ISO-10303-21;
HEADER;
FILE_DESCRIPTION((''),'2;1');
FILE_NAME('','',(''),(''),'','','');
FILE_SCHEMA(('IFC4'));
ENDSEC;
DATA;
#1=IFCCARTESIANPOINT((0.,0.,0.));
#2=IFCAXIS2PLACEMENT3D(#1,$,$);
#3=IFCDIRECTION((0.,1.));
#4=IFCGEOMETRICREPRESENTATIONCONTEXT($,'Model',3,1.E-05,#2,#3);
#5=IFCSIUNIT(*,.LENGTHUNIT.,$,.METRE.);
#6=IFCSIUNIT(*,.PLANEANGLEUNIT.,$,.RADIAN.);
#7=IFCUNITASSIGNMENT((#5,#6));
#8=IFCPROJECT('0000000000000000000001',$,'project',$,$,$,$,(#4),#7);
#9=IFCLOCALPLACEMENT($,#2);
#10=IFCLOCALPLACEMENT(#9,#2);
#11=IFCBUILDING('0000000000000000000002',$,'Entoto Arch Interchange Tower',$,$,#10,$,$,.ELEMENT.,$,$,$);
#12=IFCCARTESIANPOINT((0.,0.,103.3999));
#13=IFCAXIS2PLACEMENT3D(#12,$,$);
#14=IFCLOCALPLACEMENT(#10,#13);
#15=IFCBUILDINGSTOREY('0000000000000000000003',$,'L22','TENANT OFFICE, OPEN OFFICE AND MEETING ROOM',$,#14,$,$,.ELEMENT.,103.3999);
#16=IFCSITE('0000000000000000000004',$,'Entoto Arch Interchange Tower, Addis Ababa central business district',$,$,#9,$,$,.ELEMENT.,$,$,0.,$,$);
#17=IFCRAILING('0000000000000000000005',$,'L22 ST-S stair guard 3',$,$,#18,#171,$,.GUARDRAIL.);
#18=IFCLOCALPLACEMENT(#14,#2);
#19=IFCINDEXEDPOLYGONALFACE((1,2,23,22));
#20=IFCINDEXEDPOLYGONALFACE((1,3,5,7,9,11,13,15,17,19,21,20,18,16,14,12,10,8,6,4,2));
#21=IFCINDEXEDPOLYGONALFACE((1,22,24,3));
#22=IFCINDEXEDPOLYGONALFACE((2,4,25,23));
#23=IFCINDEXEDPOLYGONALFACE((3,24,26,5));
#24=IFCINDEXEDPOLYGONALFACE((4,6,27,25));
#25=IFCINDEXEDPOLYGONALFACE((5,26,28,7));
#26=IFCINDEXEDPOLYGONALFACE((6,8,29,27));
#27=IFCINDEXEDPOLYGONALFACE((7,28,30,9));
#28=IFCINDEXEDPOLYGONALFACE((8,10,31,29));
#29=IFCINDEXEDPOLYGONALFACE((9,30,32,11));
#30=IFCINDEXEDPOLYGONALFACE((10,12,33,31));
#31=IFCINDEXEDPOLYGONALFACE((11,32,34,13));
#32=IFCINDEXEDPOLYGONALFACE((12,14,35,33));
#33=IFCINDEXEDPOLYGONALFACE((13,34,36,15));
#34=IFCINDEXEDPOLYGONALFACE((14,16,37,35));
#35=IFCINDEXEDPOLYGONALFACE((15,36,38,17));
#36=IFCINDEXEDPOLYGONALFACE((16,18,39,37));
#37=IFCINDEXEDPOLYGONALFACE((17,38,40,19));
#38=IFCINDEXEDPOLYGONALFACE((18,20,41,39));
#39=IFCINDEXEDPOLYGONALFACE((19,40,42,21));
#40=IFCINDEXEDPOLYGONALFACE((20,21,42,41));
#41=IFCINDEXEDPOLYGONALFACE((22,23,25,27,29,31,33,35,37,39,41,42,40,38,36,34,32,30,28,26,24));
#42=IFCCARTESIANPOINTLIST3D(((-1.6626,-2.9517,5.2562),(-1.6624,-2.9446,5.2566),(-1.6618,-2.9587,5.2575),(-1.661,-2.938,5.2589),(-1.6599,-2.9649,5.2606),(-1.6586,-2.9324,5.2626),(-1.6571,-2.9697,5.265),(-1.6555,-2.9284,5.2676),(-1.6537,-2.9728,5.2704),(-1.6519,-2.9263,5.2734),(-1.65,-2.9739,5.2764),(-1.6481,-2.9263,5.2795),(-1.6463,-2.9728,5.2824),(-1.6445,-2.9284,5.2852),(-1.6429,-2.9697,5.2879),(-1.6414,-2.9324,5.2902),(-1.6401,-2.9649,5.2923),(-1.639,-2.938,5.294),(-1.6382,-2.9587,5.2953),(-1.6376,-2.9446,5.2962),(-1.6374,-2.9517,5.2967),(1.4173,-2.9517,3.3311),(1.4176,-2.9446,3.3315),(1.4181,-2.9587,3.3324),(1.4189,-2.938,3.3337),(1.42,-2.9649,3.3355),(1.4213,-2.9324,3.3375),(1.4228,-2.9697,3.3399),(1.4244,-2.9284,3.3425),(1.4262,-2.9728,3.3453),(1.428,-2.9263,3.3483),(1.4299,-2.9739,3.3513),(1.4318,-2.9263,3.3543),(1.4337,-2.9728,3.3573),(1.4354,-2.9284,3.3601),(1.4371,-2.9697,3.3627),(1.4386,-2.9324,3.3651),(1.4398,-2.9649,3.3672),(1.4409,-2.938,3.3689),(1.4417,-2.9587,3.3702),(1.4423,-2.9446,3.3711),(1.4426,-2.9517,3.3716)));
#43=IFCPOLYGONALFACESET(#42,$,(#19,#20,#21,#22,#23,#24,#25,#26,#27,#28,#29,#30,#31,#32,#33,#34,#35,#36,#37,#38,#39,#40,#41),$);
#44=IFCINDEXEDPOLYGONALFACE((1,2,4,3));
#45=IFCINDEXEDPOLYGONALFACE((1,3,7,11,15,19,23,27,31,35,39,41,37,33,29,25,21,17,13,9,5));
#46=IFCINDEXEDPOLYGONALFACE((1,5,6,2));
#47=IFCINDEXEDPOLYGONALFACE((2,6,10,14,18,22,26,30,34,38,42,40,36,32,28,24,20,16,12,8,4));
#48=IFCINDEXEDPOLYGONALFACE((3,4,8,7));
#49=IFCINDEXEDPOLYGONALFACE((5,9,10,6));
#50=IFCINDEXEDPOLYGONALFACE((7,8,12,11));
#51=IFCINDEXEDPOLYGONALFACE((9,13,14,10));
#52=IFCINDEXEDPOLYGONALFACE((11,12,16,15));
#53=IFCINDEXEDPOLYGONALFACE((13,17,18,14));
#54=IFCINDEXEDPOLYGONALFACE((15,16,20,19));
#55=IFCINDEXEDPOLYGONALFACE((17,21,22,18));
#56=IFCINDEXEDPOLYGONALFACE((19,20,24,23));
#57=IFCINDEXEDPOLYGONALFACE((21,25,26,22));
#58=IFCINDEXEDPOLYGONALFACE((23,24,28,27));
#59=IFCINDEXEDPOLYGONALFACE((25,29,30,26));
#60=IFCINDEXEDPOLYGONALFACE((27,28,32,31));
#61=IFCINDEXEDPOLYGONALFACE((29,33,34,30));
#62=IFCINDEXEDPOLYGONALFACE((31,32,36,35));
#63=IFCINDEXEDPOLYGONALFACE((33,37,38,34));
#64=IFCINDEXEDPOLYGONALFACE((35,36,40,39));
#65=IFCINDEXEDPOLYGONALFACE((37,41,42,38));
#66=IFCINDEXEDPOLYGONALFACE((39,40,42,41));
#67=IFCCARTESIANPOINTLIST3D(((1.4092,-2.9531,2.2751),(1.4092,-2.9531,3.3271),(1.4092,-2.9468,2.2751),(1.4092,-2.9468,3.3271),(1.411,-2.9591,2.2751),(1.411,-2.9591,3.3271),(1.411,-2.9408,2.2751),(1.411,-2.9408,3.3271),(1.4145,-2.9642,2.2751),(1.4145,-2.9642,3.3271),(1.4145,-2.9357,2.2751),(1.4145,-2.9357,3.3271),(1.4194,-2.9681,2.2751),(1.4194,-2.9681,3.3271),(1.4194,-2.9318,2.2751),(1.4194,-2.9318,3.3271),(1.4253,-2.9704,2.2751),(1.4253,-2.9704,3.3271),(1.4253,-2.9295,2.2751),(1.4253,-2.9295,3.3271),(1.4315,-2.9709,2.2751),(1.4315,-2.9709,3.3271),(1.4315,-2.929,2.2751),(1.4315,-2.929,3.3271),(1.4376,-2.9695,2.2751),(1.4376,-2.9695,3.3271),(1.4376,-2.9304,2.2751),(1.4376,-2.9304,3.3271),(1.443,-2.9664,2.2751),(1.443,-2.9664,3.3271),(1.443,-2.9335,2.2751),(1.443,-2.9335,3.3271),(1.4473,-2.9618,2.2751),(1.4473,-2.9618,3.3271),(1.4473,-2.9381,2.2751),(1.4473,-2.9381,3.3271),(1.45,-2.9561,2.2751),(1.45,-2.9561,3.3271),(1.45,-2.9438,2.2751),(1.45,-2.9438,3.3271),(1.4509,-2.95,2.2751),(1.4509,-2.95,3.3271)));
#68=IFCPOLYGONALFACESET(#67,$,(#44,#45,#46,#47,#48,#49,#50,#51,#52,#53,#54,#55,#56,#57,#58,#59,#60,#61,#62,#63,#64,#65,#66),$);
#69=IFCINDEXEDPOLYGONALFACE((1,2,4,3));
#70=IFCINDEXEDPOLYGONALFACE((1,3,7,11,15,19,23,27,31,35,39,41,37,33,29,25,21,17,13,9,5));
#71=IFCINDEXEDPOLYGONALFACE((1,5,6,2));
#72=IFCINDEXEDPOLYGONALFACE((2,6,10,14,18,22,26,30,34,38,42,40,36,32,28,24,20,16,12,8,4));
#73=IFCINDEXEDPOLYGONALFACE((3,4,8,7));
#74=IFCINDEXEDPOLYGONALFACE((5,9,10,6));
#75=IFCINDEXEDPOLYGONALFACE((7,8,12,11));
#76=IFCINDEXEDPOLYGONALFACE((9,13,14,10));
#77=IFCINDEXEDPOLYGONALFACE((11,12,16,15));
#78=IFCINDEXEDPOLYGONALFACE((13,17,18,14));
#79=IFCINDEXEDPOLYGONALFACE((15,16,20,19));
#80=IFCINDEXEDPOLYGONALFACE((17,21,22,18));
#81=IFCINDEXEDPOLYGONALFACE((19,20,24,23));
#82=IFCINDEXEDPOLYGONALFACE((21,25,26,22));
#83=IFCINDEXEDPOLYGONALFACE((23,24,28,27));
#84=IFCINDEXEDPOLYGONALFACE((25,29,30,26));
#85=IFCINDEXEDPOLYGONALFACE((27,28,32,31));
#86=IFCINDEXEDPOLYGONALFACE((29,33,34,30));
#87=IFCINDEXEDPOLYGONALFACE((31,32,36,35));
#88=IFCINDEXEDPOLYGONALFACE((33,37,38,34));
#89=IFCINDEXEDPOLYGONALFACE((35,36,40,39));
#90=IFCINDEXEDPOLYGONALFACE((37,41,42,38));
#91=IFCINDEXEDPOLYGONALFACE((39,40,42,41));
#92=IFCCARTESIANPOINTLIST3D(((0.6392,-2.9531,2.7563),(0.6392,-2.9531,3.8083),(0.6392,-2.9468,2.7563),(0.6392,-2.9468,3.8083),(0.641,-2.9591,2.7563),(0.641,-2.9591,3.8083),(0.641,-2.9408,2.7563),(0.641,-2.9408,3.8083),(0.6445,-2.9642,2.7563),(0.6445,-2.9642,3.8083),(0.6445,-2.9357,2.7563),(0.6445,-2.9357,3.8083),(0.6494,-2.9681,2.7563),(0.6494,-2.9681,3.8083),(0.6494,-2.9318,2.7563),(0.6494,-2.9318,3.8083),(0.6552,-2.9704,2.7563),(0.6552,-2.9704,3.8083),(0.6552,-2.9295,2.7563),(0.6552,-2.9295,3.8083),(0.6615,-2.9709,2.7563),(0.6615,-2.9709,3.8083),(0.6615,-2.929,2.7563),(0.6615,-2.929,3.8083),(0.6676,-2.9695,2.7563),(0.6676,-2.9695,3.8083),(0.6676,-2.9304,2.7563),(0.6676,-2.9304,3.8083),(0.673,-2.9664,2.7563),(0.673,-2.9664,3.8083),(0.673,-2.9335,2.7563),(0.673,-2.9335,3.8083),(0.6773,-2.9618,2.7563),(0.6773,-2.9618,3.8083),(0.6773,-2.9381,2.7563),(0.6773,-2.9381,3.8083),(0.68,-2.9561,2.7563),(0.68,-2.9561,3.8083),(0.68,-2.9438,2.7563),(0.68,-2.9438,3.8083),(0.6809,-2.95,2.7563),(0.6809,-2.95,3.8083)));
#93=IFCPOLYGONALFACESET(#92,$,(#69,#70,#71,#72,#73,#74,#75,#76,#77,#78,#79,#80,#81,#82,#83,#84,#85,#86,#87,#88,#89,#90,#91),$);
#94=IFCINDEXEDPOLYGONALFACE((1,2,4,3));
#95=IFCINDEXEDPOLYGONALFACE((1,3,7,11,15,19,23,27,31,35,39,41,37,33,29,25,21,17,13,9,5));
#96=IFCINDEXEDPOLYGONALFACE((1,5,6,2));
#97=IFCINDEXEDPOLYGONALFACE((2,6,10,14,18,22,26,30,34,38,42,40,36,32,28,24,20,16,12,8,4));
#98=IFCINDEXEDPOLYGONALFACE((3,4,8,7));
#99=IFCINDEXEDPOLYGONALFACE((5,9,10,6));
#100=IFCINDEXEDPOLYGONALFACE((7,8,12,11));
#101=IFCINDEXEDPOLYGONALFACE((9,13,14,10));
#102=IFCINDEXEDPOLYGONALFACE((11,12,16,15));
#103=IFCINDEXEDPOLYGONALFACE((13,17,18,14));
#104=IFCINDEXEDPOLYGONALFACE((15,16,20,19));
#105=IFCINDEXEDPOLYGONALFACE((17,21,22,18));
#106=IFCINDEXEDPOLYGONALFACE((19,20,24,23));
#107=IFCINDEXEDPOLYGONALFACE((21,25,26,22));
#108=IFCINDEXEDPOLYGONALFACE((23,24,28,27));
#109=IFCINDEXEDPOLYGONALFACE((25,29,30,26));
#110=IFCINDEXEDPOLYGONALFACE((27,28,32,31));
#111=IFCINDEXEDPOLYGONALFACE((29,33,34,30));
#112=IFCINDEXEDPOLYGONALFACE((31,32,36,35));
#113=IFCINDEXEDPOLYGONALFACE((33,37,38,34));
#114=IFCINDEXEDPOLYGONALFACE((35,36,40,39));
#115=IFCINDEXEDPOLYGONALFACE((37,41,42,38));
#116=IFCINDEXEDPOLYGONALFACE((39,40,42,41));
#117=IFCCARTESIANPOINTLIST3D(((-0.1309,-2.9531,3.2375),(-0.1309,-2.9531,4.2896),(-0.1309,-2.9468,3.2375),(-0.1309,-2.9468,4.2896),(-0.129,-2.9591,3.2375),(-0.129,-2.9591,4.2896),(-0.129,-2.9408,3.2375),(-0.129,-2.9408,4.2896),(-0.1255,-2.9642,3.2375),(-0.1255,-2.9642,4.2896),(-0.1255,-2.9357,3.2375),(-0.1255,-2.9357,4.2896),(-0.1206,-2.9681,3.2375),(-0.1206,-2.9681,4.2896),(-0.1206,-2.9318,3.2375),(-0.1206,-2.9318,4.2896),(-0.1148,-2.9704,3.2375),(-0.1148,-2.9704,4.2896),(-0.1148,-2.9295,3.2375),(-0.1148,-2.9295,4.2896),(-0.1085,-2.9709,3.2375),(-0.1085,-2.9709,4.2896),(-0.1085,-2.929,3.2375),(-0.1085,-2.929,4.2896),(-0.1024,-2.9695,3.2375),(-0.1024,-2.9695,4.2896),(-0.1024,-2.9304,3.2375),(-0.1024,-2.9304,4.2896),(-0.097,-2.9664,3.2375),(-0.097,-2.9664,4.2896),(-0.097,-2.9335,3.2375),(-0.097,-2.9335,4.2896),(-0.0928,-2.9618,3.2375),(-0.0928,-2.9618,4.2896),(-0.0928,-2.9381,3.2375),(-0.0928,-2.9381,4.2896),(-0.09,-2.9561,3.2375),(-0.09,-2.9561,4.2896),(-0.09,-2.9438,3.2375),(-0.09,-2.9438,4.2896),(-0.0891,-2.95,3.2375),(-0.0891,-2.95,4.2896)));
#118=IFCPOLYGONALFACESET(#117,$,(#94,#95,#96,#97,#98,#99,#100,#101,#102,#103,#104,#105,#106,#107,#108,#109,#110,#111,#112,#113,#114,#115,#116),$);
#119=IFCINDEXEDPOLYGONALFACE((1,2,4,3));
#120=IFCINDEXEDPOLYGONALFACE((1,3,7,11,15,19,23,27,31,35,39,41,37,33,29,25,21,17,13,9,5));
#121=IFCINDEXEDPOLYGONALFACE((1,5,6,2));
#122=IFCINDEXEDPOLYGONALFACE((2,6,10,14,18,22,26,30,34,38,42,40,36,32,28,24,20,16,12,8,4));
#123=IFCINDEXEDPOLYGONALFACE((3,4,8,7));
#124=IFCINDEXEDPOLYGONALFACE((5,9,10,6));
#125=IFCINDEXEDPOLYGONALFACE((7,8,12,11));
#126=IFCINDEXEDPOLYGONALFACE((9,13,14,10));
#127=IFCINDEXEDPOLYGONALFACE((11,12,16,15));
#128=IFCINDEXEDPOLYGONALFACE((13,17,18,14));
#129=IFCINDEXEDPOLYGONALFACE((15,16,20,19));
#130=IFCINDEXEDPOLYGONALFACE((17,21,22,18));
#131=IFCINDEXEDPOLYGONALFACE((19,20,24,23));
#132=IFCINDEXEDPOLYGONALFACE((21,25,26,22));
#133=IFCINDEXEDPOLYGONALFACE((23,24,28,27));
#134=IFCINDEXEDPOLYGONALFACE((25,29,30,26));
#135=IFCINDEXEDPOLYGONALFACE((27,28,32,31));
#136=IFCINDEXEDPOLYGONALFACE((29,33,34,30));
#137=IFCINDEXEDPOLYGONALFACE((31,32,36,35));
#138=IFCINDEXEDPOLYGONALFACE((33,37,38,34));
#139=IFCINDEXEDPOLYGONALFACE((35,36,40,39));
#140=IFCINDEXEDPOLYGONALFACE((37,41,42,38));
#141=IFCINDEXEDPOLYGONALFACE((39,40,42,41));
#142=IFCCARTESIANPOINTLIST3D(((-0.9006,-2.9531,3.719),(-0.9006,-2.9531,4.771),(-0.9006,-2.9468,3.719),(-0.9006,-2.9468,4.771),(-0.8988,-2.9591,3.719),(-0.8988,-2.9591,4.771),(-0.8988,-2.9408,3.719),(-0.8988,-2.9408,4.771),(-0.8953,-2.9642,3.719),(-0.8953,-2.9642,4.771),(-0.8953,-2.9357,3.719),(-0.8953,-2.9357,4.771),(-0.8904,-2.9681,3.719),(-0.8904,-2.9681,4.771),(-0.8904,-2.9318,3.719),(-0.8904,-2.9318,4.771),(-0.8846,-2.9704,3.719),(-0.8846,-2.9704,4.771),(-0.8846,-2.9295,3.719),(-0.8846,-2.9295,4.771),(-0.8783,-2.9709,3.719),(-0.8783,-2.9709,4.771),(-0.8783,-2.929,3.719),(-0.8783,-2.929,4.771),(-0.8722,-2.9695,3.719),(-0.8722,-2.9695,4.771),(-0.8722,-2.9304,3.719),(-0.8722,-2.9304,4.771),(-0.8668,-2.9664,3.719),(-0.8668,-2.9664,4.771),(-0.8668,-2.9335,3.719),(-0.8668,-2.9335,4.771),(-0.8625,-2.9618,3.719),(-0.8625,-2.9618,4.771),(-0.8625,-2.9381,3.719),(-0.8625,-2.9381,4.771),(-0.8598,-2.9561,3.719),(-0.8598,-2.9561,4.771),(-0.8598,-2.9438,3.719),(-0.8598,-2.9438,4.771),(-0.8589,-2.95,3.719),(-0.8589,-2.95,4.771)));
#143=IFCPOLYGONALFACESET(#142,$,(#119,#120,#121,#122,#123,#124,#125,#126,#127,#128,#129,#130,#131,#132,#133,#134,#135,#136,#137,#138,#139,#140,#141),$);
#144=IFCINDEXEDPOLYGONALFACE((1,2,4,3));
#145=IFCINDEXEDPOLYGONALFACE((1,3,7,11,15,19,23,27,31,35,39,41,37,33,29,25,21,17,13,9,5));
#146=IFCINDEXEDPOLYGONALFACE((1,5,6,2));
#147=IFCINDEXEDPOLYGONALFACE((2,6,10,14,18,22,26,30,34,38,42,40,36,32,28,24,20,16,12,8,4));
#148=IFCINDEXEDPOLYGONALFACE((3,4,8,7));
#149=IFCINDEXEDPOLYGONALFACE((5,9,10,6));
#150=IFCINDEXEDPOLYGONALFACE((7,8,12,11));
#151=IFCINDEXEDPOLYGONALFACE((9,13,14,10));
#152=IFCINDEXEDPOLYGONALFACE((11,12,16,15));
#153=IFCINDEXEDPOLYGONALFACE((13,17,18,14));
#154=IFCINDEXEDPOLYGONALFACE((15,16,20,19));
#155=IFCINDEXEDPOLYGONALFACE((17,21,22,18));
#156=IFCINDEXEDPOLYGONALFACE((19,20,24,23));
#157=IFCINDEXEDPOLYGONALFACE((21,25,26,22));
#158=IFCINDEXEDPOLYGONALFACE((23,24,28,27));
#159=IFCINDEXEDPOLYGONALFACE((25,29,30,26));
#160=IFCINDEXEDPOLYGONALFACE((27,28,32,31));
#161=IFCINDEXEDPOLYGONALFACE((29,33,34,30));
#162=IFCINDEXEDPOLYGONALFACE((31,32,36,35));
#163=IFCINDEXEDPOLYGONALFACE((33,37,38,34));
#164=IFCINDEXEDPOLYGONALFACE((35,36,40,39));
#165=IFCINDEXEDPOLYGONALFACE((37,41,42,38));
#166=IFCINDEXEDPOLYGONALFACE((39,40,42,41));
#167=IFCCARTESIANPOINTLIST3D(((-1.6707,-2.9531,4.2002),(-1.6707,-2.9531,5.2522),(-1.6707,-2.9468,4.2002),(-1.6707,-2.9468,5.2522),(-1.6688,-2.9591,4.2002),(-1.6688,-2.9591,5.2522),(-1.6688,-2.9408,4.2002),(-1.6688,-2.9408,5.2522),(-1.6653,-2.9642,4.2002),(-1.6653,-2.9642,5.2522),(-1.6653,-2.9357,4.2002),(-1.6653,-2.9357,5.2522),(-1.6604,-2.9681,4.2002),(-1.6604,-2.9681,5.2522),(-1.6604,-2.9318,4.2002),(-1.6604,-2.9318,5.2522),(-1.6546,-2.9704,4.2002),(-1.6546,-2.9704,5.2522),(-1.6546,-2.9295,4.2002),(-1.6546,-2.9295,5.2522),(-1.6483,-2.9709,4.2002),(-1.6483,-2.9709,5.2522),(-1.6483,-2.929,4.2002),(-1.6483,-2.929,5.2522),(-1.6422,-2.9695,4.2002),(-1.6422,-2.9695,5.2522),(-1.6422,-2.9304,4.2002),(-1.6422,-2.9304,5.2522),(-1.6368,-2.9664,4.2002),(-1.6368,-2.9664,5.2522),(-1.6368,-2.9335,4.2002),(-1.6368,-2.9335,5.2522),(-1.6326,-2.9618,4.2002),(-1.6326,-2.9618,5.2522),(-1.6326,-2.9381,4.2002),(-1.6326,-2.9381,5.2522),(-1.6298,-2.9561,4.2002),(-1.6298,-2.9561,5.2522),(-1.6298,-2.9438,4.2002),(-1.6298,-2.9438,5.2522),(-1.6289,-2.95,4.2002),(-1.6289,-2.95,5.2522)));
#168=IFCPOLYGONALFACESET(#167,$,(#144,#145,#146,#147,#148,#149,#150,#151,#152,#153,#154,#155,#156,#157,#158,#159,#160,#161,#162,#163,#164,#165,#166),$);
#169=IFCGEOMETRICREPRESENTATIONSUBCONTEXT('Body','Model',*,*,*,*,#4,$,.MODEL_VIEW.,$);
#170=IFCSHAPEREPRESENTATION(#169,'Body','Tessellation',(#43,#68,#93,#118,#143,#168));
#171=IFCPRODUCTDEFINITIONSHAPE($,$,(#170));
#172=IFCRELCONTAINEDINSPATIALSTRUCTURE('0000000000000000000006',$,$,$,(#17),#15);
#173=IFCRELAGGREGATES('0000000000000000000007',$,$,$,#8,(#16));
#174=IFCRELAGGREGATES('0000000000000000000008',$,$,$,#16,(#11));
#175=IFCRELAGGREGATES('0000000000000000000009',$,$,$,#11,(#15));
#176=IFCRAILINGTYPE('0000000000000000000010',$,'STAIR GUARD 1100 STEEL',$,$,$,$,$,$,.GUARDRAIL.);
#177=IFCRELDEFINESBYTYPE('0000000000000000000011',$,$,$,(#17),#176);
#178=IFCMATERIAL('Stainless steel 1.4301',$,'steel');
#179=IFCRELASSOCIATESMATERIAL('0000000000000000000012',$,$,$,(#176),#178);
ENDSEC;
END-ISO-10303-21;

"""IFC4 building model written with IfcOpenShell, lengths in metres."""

from ifc_helpers import new_model, si_unit, direction, frame, origin, origin_2d, place, context, subcontext, project, spatial, circle, extrude, material, type_object, element, save


model = new_model("IFC4")

# Units and contexts
model_context = context("Model", 3, precision=1e-05, world=origin(), true_north=direction((0.0, 1.0)))
body_context = subcontext(model_context, "Body", "Model", "MODEL_VIEW")
ifc_project = project(units=[si_unit("LENGTHUNIT", "METRE"), si_unit("PLANEANGLEUNIT", "RADIAN")], contexts=[model_context])

# Site, building, storey
site_placement = place(None, origin())
site = spatial("IfcSite", under=ifc_project, at=site_placement, Name="Entoto Arch Interchange Tower, Addis Ababa central business district", CompositionType="ELEMENT", RefElevation=0.0)
building_placement = place(site_placement, origin())
building = spatial("IfcBuilding", under=site, at=building_placement, Name="Entoto Arch Interchange Tower", CompositionType="ELEMENT")
storey_placement = place(building_placement, frame((0.0, 0.0, 103.3999)))
storey = spatial("IfcBuildingStorey", under=building, at=storey_placement, Name="L22", Description="TENANT OFFICE, OPEN OFFICE AND MEETING ROOM", CompositionType="ELEMENT", Elevation=103.3999)

# Railing
ifc_material_1 = material(Name="Stainless steel 1.4301", Category="steel")
railing_type_1 = type_object("IfcRailingType", Name="STAIR GUARD 1100 STEEL", PredefinedType="GUARDRAIL", material=ifc_material_1)
railing_1_placement = place(storey_placement, frame((1.4299, -2.95, 2.2751)))
element("IfcRailing", 1, at=railing_1_placement, inside=storey, type_object=railing_type_1, Name="L22 ST-S stair guard 3", PredefinedType="GUARDRAIL", context=body_context, shape_type="SweptSolid", body=[
    extrude(circle(Radius=0.0239, at=origin_2d()), frame((0.0, 0.0, 1.0762), z_axis=(-0.847979, 0.0, 0.530029), x_axis=(0.0, -1.0, 0.0)), (0.0, 0.0, 1.0), 3.6321),
    extrude(circle(Radius=0.021, at=origin_2d()), origin(), (0.0, 0.0, 1.0), 1.052),
    extrude(circle(Radius=0.021, at=origin_2d()), frame((-0.77, 0.0, 0.4812)), (0.0, 0.0, 1.0), 1.052),
    extrude(circle(Radius=0.021, at=origin_2d()), frame((-1.54, 0.0, 0.9624)), (0.0, 0.0, 1.0), 1.052),
    extrude(circle(Radius=0.021, at=origin_2d()), frame((-2.3098, 0.0, 1.4438)), (0.0, 0.0, 1.0), 1.052),
    extrude(circle(Radius=0.021, at=origin_2d()), frame((-3.0798, 0.0, 1.925)), (0.0, 0.0, 1.0), 1.052),
])

save(model, "model.ifc")
